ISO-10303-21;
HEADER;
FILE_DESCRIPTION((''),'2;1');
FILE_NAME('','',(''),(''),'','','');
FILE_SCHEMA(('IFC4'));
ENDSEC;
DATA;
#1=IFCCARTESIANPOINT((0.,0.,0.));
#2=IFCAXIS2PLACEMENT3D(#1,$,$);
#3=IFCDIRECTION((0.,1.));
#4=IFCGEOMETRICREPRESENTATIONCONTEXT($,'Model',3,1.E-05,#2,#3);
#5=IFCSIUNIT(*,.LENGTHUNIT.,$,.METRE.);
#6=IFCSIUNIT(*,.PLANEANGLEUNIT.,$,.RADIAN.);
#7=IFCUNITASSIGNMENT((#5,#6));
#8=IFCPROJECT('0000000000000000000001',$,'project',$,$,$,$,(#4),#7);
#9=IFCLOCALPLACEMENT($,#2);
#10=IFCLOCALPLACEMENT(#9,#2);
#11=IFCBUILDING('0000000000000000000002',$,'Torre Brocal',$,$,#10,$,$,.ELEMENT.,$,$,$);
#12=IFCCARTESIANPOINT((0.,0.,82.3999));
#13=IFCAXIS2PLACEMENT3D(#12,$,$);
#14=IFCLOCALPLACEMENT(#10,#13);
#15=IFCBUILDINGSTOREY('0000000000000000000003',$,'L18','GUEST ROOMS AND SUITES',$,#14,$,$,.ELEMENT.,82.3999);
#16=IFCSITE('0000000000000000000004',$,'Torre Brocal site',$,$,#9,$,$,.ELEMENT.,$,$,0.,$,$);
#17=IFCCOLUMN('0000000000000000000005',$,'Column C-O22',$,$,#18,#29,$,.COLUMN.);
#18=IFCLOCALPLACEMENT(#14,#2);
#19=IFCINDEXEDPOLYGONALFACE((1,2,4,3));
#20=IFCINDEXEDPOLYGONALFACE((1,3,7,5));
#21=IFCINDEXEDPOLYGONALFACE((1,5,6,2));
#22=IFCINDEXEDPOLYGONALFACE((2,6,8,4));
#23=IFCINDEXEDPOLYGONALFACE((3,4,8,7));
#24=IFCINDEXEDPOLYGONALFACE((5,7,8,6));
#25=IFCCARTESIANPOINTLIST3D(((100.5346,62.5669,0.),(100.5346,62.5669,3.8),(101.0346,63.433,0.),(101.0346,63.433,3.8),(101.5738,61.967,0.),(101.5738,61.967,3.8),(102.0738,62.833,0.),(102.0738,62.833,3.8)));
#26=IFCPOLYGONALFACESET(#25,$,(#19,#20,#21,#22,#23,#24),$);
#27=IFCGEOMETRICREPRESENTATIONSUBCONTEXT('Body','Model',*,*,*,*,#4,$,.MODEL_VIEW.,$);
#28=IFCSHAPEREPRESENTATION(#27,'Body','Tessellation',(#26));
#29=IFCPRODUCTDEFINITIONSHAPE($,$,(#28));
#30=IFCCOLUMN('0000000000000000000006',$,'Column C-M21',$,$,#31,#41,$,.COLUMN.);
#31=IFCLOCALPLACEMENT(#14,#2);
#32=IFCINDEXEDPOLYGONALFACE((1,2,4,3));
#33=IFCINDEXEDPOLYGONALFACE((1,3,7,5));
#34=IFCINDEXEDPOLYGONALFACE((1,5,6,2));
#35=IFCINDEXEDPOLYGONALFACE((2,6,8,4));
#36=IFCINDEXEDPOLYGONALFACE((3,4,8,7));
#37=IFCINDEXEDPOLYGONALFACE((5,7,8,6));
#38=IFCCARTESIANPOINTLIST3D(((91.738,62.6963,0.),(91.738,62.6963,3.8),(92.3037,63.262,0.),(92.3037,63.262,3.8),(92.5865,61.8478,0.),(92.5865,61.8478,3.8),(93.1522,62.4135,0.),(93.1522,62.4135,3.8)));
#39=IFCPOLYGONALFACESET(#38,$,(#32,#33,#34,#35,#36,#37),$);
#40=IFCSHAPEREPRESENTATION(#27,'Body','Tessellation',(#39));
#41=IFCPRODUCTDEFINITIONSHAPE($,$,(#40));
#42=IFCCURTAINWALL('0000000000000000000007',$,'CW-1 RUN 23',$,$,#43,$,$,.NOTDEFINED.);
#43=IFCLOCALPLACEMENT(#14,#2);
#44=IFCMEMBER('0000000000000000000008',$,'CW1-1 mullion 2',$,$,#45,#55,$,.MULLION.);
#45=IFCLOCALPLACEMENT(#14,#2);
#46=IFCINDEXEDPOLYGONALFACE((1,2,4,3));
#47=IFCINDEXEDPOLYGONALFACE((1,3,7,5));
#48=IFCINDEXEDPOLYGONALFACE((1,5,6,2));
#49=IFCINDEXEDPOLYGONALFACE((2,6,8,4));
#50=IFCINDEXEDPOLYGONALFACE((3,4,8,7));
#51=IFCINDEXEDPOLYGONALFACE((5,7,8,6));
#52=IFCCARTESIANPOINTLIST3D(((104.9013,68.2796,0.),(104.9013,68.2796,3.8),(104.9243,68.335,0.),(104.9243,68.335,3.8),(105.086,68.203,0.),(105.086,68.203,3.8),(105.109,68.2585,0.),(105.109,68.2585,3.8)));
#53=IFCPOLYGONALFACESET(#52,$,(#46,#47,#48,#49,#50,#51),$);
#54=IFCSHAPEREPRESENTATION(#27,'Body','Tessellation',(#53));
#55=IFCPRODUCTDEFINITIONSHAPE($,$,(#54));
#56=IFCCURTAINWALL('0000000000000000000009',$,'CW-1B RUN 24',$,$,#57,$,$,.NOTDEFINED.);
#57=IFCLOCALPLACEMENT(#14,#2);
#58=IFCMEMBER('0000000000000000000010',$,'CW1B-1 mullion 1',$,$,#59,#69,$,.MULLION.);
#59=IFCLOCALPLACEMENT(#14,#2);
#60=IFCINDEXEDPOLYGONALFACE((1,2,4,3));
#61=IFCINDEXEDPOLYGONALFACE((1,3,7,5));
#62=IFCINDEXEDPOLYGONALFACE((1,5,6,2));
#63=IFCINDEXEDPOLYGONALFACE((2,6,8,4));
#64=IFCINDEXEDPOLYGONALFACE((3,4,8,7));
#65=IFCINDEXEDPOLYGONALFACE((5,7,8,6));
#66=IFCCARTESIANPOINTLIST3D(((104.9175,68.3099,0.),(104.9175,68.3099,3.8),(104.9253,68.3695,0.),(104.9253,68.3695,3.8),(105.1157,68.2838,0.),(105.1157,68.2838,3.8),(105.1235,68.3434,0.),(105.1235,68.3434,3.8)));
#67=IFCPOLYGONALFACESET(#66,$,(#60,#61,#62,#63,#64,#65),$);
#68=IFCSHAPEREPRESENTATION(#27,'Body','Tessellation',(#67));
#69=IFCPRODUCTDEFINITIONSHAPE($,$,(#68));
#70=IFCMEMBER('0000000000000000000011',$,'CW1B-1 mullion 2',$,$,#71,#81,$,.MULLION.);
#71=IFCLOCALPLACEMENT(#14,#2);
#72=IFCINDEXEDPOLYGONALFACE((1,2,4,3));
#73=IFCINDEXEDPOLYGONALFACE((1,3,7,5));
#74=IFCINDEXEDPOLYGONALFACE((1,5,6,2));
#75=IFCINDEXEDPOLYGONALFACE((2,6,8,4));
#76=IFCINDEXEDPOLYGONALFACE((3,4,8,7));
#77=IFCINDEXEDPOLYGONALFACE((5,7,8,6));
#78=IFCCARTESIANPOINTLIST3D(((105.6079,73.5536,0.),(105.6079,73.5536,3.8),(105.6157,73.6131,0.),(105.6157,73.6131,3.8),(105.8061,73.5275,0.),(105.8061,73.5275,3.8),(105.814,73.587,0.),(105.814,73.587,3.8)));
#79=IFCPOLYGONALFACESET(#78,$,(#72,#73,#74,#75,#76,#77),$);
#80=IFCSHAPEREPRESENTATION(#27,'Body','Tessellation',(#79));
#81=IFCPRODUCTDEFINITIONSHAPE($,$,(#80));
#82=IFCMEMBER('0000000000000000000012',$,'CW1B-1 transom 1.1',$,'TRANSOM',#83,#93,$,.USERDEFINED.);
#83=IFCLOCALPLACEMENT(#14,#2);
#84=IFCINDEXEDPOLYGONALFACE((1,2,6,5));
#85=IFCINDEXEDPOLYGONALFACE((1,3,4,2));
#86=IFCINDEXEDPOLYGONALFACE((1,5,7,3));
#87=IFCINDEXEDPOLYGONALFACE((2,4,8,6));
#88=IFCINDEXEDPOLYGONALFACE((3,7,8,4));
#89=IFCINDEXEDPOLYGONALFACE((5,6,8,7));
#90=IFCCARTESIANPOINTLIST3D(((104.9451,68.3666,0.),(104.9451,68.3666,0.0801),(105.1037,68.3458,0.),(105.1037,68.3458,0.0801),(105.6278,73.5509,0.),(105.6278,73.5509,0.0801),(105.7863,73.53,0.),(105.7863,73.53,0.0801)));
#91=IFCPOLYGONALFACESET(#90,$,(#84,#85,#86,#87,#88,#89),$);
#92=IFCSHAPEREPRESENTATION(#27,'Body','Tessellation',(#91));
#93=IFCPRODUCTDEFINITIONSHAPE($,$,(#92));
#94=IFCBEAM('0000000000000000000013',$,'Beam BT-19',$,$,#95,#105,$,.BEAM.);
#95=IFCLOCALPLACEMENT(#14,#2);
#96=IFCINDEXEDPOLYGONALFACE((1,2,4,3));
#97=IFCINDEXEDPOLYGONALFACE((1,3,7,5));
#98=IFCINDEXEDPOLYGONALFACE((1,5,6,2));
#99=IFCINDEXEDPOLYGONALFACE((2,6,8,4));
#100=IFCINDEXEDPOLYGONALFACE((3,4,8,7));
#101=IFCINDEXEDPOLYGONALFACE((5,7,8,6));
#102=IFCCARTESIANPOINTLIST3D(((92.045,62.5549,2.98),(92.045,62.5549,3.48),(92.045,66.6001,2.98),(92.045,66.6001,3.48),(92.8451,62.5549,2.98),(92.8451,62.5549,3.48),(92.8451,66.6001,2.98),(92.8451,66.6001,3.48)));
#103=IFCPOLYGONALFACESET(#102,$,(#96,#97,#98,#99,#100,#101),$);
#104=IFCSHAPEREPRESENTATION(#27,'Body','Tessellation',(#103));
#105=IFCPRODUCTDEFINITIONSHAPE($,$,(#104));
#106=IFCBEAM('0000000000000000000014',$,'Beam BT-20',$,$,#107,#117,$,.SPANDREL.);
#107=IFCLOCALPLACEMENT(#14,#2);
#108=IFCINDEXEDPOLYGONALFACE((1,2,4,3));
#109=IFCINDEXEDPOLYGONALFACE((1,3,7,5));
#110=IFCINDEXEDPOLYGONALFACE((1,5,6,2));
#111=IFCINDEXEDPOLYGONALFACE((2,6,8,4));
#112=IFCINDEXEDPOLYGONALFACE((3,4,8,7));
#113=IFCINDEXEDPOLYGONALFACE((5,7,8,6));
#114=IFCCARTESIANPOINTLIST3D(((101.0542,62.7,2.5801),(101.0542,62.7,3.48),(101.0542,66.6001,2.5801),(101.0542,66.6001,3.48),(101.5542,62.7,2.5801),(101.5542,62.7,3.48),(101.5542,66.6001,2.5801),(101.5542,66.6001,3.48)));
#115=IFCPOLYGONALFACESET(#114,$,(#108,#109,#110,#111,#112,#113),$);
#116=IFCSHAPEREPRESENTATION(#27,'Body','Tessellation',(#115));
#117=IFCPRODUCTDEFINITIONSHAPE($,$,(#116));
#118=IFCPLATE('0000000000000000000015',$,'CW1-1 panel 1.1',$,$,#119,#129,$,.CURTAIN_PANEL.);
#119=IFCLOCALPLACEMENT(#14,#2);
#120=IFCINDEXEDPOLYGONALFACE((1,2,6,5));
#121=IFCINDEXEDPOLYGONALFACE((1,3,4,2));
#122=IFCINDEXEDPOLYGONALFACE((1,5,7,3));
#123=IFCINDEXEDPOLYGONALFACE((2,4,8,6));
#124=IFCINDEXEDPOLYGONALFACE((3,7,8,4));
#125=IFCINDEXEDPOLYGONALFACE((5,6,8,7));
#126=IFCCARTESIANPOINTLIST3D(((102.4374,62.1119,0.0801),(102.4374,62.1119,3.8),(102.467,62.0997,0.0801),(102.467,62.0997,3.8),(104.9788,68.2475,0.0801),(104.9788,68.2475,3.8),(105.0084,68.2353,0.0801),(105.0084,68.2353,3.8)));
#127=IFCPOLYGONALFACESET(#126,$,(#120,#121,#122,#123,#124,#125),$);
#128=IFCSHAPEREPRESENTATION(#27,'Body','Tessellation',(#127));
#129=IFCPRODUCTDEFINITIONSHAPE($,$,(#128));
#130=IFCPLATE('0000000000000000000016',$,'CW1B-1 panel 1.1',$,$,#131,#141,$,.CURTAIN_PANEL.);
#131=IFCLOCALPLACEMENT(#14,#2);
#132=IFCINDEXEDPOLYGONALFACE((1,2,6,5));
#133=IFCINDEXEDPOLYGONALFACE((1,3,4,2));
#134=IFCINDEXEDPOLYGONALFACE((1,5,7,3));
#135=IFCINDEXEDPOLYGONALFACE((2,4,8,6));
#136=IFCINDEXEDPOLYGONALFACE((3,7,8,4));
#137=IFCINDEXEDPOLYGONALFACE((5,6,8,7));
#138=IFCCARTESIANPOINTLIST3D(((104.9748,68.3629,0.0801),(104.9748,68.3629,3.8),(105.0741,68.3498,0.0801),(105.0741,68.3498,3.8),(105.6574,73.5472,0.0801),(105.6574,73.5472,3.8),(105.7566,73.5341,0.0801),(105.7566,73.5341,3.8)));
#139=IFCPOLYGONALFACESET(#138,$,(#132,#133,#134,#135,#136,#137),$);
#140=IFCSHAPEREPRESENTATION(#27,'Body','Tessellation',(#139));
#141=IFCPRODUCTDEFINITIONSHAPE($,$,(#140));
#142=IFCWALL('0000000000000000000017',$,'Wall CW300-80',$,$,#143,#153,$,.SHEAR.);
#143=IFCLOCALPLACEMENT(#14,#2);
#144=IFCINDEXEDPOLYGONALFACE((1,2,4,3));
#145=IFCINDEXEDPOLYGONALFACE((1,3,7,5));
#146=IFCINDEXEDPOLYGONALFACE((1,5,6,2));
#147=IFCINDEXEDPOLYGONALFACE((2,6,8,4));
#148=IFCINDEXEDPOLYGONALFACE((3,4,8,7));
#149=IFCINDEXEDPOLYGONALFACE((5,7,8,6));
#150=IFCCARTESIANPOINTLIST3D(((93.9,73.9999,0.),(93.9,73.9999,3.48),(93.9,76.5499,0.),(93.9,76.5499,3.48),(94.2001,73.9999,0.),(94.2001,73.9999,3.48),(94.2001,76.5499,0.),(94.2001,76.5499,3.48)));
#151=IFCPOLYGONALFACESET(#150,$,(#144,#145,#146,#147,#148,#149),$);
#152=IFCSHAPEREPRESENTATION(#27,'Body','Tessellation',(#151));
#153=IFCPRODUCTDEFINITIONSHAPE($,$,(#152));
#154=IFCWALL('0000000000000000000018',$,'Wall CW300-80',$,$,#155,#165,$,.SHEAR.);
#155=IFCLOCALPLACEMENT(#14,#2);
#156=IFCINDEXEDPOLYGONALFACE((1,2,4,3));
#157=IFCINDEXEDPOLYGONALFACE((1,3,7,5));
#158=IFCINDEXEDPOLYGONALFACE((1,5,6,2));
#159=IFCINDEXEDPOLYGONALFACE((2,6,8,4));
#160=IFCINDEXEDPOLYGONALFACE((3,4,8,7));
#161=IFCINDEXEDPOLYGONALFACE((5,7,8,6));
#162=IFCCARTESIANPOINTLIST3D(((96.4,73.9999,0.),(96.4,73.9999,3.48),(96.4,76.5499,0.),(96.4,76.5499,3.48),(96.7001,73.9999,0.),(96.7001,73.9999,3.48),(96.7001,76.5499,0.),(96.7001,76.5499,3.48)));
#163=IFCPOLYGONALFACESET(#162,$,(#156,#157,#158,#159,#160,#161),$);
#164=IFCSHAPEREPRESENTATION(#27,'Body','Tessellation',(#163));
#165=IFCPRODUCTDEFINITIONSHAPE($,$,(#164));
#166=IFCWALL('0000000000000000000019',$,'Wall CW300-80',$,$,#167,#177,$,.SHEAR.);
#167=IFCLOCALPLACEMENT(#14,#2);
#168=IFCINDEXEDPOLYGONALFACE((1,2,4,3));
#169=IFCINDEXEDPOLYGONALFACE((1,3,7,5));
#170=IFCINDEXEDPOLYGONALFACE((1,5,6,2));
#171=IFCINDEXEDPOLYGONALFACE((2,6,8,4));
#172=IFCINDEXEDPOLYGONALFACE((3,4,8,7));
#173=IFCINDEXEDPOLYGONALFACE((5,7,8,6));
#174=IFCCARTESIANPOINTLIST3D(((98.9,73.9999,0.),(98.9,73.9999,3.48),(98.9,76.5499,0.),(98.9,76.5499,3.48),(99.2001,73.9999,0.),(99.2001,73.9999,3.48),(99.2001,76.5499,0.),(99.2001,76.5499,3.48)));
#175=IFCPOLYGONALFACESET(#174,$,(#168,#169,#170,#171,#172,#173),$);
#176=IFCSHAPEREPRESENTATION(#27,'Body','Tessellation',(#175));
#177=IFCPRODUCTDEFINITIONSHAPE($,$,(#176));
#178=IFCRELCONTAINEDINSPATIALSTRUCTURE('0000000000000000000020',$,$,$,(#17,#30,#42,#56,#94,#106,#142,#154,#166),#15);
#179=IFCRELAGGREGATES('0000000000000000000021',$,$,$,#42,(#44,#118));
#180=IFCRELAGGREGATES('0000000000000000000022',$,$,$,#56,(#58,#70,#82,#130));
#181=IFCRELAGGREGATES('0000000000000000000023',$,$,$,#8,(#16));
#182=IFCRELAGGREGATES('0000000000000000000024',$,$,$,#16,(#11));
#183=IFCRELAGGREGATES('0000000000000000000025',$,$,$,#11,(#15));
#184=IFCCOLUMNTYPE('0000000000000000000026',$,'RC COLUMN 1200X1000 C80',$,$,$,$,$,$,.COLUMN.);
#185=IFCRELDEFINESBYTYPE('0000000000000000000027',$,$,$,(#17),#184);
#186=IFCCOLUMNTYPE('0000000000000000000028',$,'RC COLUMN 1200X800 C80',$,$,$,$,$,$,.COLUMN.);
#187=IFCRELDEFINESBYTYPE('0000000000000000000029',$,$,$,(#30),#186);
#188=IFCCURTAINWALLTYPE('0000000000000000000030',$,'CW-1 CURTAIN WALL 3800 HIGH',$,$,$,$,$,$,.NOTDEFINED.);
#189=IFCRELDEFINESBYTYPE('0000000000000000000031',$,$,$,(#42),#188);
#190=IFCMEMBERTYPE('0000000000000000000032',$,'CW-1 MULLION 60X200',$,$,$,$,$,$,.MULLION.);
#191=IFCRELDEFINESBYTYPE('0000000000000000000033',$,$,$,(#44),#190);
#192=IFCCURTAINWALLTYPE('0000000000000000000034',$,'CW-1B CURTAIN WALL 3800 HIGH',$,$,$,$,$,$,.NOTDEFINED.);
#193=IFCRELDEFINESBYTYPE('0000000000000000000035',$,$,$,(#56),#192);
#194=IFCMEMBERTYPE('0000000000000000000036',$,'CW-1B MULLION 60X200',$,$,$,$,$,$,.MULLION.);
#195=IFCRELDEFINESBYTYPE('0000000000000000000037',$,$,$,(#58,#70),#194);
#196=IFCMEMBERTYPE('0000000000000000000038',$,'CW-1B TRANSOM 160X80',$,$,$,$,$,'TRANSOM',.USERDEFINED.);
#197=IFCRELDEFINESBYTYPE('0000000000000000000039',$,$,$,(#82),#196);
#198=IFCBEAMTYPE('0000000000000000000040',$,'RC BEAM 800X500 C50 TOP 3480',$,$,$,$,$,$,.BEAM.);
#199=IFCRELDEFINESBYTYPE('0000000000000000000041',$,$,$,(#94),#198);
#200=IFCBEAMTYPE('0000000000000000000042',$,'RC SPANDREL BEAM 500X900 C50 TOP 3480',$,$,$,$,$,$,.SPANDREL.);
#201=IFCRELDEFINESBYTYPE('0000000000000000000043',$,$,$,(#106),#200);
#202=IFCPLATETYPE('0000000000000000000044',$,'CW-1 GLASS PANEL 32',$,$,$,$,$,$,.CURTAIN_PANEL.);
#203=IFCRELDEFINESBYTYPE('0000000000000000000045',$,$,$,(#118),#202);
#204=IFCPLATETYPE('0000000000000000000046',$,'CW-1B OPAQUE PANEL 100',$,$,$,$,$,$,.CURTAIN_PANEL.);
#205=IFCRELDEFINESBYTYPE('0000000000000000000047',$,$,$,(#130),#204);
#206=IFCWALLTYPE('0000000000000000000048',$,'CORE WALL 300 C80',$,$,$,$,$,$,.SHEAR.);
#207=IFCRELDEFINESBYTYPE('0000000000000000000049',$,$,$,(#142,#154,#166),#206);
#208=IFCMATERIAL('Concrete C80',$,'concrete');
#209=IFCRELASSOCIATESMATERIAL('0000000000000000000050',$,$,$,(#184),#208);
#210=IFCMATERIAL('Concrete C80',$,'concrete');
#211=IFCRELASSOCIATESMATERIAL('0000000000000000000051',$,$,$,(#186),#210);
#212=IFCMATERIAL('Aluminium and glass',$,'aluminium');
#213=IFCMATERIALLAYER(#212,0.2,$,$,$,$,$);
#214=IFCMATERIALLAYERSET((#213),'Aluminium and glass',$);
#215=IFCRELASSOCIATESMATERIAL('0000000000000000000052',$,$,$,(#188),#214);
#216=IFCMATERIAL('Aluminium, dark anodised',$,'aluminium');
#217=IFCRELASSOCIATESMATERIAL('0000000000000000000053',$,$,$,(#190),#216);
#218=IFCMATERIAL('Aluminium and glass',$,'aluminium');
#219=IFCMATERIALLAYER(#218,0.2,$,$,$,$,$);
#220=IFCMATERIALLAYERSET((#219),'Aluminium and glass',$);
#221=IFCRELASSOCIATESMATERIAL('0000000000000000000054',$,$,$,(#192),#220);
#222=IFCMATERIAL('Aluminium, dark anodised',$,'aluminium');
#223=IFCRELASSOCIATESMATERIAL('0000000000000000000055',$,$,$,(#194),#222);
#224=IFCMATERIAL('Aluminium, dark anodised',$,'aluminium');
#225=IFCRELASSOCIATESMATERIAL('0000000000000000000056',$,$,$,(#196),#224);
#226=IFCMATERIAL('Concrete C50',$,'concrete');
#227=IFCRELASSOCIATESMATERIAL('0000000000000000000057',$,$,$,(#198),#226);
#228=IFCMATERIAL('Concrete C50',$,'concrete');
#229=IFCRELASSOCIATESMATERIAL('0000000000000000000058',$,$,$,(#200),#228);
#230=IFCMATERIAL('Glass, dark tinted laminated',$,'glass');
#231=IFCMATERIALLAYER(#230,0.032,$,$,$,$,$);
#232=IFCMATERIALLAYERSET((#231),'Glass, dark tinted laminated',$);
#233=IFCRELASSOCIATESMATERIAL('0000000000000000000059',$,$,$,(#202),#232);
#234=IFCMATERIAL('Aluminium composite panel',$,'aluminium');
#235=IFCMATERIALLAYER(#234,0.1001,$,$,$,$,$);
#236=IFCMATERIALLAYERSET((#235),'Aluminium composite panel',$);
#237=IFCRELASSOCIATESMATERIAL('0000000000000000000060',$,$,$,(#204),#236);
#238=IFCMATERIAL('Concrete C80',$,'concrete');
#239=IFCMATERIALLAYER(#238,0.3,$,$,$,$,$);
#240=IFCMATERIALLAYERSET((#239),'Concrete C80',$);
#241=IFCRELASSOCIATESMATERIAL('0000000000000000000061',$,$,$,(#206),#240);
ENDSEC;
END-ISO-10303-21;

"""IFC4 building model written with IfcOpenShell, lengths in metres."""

from ifc_helpers import new_model, si_unit, direction, frame, frame_2d, origin, origin_2d, place, context, subcontext, project, spatial, rectangle, extrude, material, layer, layer_set, material_profile, profile_set, type_object, element, aggregate, save


model = new_model("IFC4")

# Units and contexts
model_context = context("Model", 3, precision=1e-05, world=origin(), true_north=direction((0.0, 1.0)))
body_context = subcontext(model_context, "Body", "Model", "MODEL_VIEW")
ifc_project = project(units=[si_unit("LENGTHUNIT", "METRE"), si_unit("PLANEANGLEUNIT", "RADIAN")], contexts=[model_context])

# Site, building, storey
site_placement = place(None, origin())
site = spatial("IfcSite", under=ifc_project, at=site_placement, Name="Torre Brocal site", CompositionType="ELEMENT", RefElevation=0.0)
building_placement = place(site_placement, origin())
building = spatial("IfcBuilding", under=site, at=building_placement, Name="Torre Brocal", CompositionType="ELEMENT")
storey_placement = place(building_placement, frame((0.0, 0.0, 82.3999)))
storey = spatial("IfcBuildingStorey", under=building, at=storey_placement, Name="L18", Description="GUEST ROOMS AND SUITES", CompositionType="ELEMENT", Elevation=82.3999)

# Columns
ifc_material_1 = material(Name="Concrete C80", Category="concrete")
ifc_material_profile_1 = material_profile(ifc_material_1, rectangle(XDim=1.2, YDim=1.0, at=origin_2d()), Name="RC 1200X1000")
ifc_profile_set_1 = profile_set([ifc_material_profile_1], Name="Concrete C80")
column_type_1 = type_object("IfcColumnType", Name="RC COLUMN 1200X1000 C80", PredefinedType="COLUMN", material=ifc_profile_set_1)
column_1_placement = place(storey_placement, frame((101.3042, 62.7, 0.0), z_axis=(0.0, 0.0, 1.0), x_axis=(0.866025, -0.5, 0.0)))
element("IfcColumn", 1, at=column_1_placement, inside=storey, type_object=column_type_1, Name="Column C-O22", PredefinedType="COLUMN", context=body_context, shape_type="SweptSolid", body=[
    extrude(rectangle(XDim=1.2, YDim=1.0, at=origin_2d()), origin(), (0.0, 0.0, 1.0), 3.8),
])
ifc_material_2 = material(Name="Concrete C80", Category="concrete")
ifc_material_profile_2 = material_profile(ifc_material_2, rectangle(XDim=1.2, YDim=0.8, at=origin_2d()), Name="RC 1200X800")
ifc_profile_set_2 = profile_set([ifc_material_profile_2], Name="Concrete C80")
column_type_2 = type_object("IfcColumnType", Name="RC COLUMN 1200X800 C80", PredefinedType="COLUMN", material=ifc_profile_set_2)
column_2_placement = place(storey_placement, frame((92.4451, 62.5549, 0.0), z_axis=(0.0, 0.0, 1.0), x_axis=(0.707107, -0.707107, 0.0)))
element("IfcColumn", 2, at=column_2_placement, inside=storey, type_object=column_type_2, Name="Column C-M21", PredefinedType="COLUMN", context=body_context, shape_type="SweptSolid", body=[
    extrude(rectangle(XDim=1.2, YDim=0.8, at=origin_2d()), origin(), (0.0, 0.0, 1.0), 3.8),
])

# Curtain wall, member
ifc_material_3 = material(Name="Aluminium and glass", Category="aluminium")
ifc_layer_1 = layer(ifc_material_3, 0.2)
ifc_layer_set_1 = layer_set([ifc_layer_1], Name="Aluminium and glass")
curtain_wall_type_1 = type_object("IfcCurtainWallType", Name="CW-1 CURTAIN WALL 3800 HIGH", PredefinedType="NOTDEFINED", material=ifc_layer_set_1)
curtain_wall_1_placement = place(storey_placement, origin())
curtain_wall_1 = element("IfcCurtainWall", 3, at=curtain_wall_1_placement, inside=storey, type_object=curtain_wall_type_1, Name="CW-1 RUN 23", PredefinedType="NOTDEFINED")
ifc_material_4 = material(Name="Aluminium, dark anodised", Category="aluminium")
ifc_material_profile_3 = material_profile(ifc_material_4, rectangle(XDim=0.2, YDim=0.0601, at=origin_2d()), Name="CW-1 MULLION 60X200")
ifc_profile_set_3 = profile_set([ifc_material_profile_3], Name="Aluminium, dark anodised")
member_type_1 = type_object("IfcMemberType", Name="CW-1 MULLION 60X200", PredefinedType="MULLION", material=ifc_profile_set_3)
member_1_placement = place(storey_placement, frame((105.0051, 68.269, 0.0), z_axis=(0.0, 0.0, 1.0), x_axis=(-0.92388, 0.382683, 0.0)))
member_1 = element("IfcMember", 4, at=member_1_placement, type_object=member_type_1, Name="CW1-1 mullion 2", PredefinedType="MULLION", context=body_context, shape_type="SweptSolid", body=[
    extrude(rectangle(XDim=0.2, YDim=0.0601, at=origin_2d()), origin(), (0.0, 0.0, 1.0), 3.8),
])

# Curtain wall, members
ifc_material_5 = material(Name="Aluminium and glass", Category="aluminium")
ifc_layer_2 = layer(ifc_material_5, 0.2)
ifc_layer_set_2 = layer_set([ifc_layer_2], Name="Aluminium and glass")
curtain_wall_type_2 = type_object("IfcCurtainWallType", Name="CW-1B CURTAIN WALL 3800 HIGH", PredefinedType="NOTDEFINED", material=ifc_layer_set_2)
curtain_wall_2_placement = place(storey_placement, origin())
curtain_wall_2 = element("IfcCurtainWall", 5, at=curtain_wall_2_placement, inside=storey, type_object=curtain_wall_type_2, Name="CW-1B RUN 24", PredefinedType="NOTDEFINED")
ifc_material_6 = material(Name="Aluminium, dark anodised", Category="aluminium")
ifc_material_profile_4 = material_profile(ifc_material_6, rectangle(XDim=0.2, YDim=0.0601, at=origin_2d()), Name="CW-1B MULLION 60X200")
ifc_profile_set_4 = profile_set([ifc_material_profile_4], Name="Aluminium, dark anodised")
member_type_2 = type_object("IfcMemberType", Name="CW-1B MULLION 60X200", PredefinedType="MULLION", material=ifc_profile_set_4)
member_2_placement = place(storey_placement, frame((105.0205, 68.3267, 0.0), z_axis=(0.0, 0.0, 1.0), x_axis=(-0.991445, 0.130526, 0.0)))
member_2 = element("IfcMember", 6, at=member_2_placement, type_object=member_type_2, Name="CW1B-1 mullion 1", PredefinedType="MULLION", context=body_context, shape_type="SweptSolid", body=[
    extrude(rectangle(XDim=0.2, YDim=0.0601, at=origin_2d()), origin(), (0.0, 0.0, 1.0), 3.8),
])
member_3_placement = place(storey_placement, frame((105.7109, 73.5703, 0.0), z_axis=(0.0, 0.0, 1.0), x_axis=(-0.991445, 0.130526, 0.0)))
member_3 = element("IfcMember", 7, at=member_3_placement, type_object=member_type_2, Name="CW1B-1 mullion 2", PredefinedType="MULLION", context=body_context, shape_type="SweptSolid", body=[
    extrude(rectangle(XDim=0.2, YDim=0.0601, at=origin_2d()), origin(), (0.0, 0.0, 1.0), 3.8),
])
ifc_material_7 = material(Name="Aluminium, dark anodised", Category="aluminium")
ifc_material_profile_5 = material_profile(ifc_material_7, rectangle(XDim=0.1599, YDim=0.0801, at=origin_2d()), Name="CW-1B TRANSOM 160X80")
ifc_profile_set_5 = profile_set([ifc_material_profile_5], Name="Aluminium, dark anodised")
member_type_3 = type_object("IfcMemberType", Name="CW-1B TRANSOM 160X80", ElementType="TRANSOM", PredefinedType="USERDEFINED", material=ifc_profile_set_5)
member_4_placement = place(storey_placement, frame((105.0244, 68.3562, 0.04), z_axis=(0.130543, 0.991443, 0.0), x_axis=(-0.991443, 0.130543, 0.0)))
member_4 = element("IfcMember", 8, at=member_4_placement, type_object=member_type_3, Name="CW1B-1 transom 1.1", ObjectType="TRANSOM", PredefinedType="USERDEFINED", context=body_context, shape_type="SweptSolid", body=[
    extrude(rectangle(XDim=0.1599, YDim=0.0801, at=origin_2d()), origin(), (0.0, 0.0, 1.0), 5.229),
])

# Beams
ifc_material_8 = material(Name="Concrete C50", Category="concrete")
ifc_material_profile_6 = material_profile(ifc_material_8, rectangle(XDim=0.8, YDim=0.5, at=origin_2d()), Name="RC 800X500")
ifc_profile_set_6 = profile_set([ifc_material_profile_6], Name="Concrete C50")
beam_type_1 = type_object("IfcBeamType", Name="RC BEAM 800X500 C50 TOP 3480", PredefinedType="BEAM", material=ifc_profile_set_6)
beam_1_placement = place(storey_placement, frame((92.4451, 62.5549, 3.23), z_axis=(0.0, 1.0, 0.0), x_axis=(-1.0, 0.0, 0.0)))
element("IfcBeam", 9, at=beam_1_placement, inside=storey, type_object=beam_type_1, Name="Beam BT-19", PredefinedType="BEAM", context=body_context, shape_type="SweptSolid", body=[
    extrude(rectangle(XDim=0.8, YDim=0.5, at=origin_2d()), origin(), (0.0, 0.0, 1.0), 4.0452),
])
ifc_material_9 = material(Name="Concrete C50", Category="concrete")
ifc_material_profile_7 = material_profile(ifc_material_9, rectangle(XDim=0.5, YDim=0.8999, at=origin_2d()), Name="RC 500X900")
ifc_profile_set_7 = profile_set([ifc_material_profile_7], Name="Concrete C50")
beam_type_2 = type_object("IfcBeamType", Name="RC SPANDREL BEAM 500X900 C50 TOP 3480", PredefinedType="SPANDREL", material=ifc_profile_set_7)
beam_2_placement = place(storey_placement, frame((101.3042, 62.7, 3.03), z_axis=(0.0, 1.0, 0.0), x_axis=(-1.0, 0.0, 0.0)))
element("IfcBeam", 10, at=beam_2_placement, inside=storey, type_object=beam_type_2, Name="Beam BT-20", PredefinedType="SPANDREL", context=body_context, shape_type="SweptSolid", body=[
    extrude(rectangle(XDim=0.5, YDim=0.8999, at=origin_2d()), origin(), (0.0, 0.0, 1.0), 3.9001),
])

# Plates
ifc_material_10 = material(Name="Glass, dark tinted laminated", Category="glass")
ifc_layer_3 = layer(ifc_material_10, 0.032)
ifc_layer_set_3 = layer_set([ifc_layer_3], Name="Glass, dark tinted laminated")
plate_type_1 = type_object("IfcPlateType", Name="CW-1 GLASS PANEL 32", PredefinedType="CURTAIN_PANEL", material=ifc_layer_set_3)
plate_1_placement = place(storey_placement, frame((103.7229, 65.1736, 0.0801), z_axis=(0.0, 0.0, 1.0), x_axis=(0.382683, 0.92388, 0.0)))
plate_1 = element("IfcPlate", 11, at=plate_1_placement, type_object=plate_type_1, Name="CW1-1 panel 1.1", PredefinedType="CURTAIN_PANEL", context=body_context, shape_type="SweptSolid", body=[
    extrude(rectangle(XDim=6.6411, YDim=0.032, at=origin_2d()), origin(), (0.0, 0.0, 1.0), 3.72),
])
aggregate(curtain_wall_1, [member_1, plate_1])
ifc_material_11 = material(Name="Aluminium composite panel", Category="aluminium")
ifc_layer_4 = layer(ifc_material_11, 0.1001)
ifc_layer_set_4 = layer_set([ifc_layer_4], Name="Aluminium composite panel")
plate_type_2 = type_object("IfcPlateType", Name="CW-1B OPAQUE PANEL 100", PredefinedType="CURTAIN_PANEL", material=ifc_layer_set_4)
plate_2_placement = place(storey_placement, frame((105.3657, 70.9485, 0.0801), z_axis=(0.0, 0.0, 1.0), x_axis=(0.130526, 0.991445, 0.0)))
plate_2 = element("IfcPlate", 12, at=plate_2_placement, type_object=plate_type_2, Name="CW1B-1 panel 1.1", PredefinedType="CURTAIN_PANEL", context=body_context, shape_type="SweptSolid", body=[
    extrude(rectangle(XDim=5.229, YDim=0.1001, at=origin_2d()), origin(), (0.0, 0.0, 1.0), 3.72),
])
aggregate(curtain_wall_2, [member_2, member_3, member_4, plate_2])

# Walls
ifc_material_12 = material(Name="Concrete C80", Category="concrete")
ifc_layer_5 = layer(ifc_material_12, 0.3)
ifc_layer_set_5 = layer_set([ifc_layer_5], Name="Concrete C80")
wall_type_1 = type_object("IfcWallType", Name="CORE WALL 300 C80", PredefinedType="SHEAR", material=ifc_layer_set_5)
for number, where, z_axis, x_axis, name in (
    (13, (94.05, 74.0, 0.0), (0.0, 0.0, 1.0), (0.0, 1.0, 0.0), "Wall CW300-80"),
    (14, (96.55, 74.0, 0.0), (0.0, 0.0, 1.0), (0.0, 1.0, 0.0), "Wall CW300-80"),
    (15, (99.05, 74.0, 0.0), (0.0, 0.0, 1.0), (0.0, 1.0, 0.0), "Wall CW300-80"),
):
    element("IfcWall", number, at=place(storey_placement, frame(where, z_axis=z_axis, x_axis=x_axis)), inside=storey, type_object=wall_type_1, Name=name, PredefinedType="SHEAR", context=body_context, shape_type="SweptSolid", body=[
        extrude(rectangle(XDim=2.55, YDim=0.3, at=frame_2d((1.2749, 0.0))), origin(), (0.0, 0.0, 1.0), 3.48),
    ])

save(model, "model.ifc")
